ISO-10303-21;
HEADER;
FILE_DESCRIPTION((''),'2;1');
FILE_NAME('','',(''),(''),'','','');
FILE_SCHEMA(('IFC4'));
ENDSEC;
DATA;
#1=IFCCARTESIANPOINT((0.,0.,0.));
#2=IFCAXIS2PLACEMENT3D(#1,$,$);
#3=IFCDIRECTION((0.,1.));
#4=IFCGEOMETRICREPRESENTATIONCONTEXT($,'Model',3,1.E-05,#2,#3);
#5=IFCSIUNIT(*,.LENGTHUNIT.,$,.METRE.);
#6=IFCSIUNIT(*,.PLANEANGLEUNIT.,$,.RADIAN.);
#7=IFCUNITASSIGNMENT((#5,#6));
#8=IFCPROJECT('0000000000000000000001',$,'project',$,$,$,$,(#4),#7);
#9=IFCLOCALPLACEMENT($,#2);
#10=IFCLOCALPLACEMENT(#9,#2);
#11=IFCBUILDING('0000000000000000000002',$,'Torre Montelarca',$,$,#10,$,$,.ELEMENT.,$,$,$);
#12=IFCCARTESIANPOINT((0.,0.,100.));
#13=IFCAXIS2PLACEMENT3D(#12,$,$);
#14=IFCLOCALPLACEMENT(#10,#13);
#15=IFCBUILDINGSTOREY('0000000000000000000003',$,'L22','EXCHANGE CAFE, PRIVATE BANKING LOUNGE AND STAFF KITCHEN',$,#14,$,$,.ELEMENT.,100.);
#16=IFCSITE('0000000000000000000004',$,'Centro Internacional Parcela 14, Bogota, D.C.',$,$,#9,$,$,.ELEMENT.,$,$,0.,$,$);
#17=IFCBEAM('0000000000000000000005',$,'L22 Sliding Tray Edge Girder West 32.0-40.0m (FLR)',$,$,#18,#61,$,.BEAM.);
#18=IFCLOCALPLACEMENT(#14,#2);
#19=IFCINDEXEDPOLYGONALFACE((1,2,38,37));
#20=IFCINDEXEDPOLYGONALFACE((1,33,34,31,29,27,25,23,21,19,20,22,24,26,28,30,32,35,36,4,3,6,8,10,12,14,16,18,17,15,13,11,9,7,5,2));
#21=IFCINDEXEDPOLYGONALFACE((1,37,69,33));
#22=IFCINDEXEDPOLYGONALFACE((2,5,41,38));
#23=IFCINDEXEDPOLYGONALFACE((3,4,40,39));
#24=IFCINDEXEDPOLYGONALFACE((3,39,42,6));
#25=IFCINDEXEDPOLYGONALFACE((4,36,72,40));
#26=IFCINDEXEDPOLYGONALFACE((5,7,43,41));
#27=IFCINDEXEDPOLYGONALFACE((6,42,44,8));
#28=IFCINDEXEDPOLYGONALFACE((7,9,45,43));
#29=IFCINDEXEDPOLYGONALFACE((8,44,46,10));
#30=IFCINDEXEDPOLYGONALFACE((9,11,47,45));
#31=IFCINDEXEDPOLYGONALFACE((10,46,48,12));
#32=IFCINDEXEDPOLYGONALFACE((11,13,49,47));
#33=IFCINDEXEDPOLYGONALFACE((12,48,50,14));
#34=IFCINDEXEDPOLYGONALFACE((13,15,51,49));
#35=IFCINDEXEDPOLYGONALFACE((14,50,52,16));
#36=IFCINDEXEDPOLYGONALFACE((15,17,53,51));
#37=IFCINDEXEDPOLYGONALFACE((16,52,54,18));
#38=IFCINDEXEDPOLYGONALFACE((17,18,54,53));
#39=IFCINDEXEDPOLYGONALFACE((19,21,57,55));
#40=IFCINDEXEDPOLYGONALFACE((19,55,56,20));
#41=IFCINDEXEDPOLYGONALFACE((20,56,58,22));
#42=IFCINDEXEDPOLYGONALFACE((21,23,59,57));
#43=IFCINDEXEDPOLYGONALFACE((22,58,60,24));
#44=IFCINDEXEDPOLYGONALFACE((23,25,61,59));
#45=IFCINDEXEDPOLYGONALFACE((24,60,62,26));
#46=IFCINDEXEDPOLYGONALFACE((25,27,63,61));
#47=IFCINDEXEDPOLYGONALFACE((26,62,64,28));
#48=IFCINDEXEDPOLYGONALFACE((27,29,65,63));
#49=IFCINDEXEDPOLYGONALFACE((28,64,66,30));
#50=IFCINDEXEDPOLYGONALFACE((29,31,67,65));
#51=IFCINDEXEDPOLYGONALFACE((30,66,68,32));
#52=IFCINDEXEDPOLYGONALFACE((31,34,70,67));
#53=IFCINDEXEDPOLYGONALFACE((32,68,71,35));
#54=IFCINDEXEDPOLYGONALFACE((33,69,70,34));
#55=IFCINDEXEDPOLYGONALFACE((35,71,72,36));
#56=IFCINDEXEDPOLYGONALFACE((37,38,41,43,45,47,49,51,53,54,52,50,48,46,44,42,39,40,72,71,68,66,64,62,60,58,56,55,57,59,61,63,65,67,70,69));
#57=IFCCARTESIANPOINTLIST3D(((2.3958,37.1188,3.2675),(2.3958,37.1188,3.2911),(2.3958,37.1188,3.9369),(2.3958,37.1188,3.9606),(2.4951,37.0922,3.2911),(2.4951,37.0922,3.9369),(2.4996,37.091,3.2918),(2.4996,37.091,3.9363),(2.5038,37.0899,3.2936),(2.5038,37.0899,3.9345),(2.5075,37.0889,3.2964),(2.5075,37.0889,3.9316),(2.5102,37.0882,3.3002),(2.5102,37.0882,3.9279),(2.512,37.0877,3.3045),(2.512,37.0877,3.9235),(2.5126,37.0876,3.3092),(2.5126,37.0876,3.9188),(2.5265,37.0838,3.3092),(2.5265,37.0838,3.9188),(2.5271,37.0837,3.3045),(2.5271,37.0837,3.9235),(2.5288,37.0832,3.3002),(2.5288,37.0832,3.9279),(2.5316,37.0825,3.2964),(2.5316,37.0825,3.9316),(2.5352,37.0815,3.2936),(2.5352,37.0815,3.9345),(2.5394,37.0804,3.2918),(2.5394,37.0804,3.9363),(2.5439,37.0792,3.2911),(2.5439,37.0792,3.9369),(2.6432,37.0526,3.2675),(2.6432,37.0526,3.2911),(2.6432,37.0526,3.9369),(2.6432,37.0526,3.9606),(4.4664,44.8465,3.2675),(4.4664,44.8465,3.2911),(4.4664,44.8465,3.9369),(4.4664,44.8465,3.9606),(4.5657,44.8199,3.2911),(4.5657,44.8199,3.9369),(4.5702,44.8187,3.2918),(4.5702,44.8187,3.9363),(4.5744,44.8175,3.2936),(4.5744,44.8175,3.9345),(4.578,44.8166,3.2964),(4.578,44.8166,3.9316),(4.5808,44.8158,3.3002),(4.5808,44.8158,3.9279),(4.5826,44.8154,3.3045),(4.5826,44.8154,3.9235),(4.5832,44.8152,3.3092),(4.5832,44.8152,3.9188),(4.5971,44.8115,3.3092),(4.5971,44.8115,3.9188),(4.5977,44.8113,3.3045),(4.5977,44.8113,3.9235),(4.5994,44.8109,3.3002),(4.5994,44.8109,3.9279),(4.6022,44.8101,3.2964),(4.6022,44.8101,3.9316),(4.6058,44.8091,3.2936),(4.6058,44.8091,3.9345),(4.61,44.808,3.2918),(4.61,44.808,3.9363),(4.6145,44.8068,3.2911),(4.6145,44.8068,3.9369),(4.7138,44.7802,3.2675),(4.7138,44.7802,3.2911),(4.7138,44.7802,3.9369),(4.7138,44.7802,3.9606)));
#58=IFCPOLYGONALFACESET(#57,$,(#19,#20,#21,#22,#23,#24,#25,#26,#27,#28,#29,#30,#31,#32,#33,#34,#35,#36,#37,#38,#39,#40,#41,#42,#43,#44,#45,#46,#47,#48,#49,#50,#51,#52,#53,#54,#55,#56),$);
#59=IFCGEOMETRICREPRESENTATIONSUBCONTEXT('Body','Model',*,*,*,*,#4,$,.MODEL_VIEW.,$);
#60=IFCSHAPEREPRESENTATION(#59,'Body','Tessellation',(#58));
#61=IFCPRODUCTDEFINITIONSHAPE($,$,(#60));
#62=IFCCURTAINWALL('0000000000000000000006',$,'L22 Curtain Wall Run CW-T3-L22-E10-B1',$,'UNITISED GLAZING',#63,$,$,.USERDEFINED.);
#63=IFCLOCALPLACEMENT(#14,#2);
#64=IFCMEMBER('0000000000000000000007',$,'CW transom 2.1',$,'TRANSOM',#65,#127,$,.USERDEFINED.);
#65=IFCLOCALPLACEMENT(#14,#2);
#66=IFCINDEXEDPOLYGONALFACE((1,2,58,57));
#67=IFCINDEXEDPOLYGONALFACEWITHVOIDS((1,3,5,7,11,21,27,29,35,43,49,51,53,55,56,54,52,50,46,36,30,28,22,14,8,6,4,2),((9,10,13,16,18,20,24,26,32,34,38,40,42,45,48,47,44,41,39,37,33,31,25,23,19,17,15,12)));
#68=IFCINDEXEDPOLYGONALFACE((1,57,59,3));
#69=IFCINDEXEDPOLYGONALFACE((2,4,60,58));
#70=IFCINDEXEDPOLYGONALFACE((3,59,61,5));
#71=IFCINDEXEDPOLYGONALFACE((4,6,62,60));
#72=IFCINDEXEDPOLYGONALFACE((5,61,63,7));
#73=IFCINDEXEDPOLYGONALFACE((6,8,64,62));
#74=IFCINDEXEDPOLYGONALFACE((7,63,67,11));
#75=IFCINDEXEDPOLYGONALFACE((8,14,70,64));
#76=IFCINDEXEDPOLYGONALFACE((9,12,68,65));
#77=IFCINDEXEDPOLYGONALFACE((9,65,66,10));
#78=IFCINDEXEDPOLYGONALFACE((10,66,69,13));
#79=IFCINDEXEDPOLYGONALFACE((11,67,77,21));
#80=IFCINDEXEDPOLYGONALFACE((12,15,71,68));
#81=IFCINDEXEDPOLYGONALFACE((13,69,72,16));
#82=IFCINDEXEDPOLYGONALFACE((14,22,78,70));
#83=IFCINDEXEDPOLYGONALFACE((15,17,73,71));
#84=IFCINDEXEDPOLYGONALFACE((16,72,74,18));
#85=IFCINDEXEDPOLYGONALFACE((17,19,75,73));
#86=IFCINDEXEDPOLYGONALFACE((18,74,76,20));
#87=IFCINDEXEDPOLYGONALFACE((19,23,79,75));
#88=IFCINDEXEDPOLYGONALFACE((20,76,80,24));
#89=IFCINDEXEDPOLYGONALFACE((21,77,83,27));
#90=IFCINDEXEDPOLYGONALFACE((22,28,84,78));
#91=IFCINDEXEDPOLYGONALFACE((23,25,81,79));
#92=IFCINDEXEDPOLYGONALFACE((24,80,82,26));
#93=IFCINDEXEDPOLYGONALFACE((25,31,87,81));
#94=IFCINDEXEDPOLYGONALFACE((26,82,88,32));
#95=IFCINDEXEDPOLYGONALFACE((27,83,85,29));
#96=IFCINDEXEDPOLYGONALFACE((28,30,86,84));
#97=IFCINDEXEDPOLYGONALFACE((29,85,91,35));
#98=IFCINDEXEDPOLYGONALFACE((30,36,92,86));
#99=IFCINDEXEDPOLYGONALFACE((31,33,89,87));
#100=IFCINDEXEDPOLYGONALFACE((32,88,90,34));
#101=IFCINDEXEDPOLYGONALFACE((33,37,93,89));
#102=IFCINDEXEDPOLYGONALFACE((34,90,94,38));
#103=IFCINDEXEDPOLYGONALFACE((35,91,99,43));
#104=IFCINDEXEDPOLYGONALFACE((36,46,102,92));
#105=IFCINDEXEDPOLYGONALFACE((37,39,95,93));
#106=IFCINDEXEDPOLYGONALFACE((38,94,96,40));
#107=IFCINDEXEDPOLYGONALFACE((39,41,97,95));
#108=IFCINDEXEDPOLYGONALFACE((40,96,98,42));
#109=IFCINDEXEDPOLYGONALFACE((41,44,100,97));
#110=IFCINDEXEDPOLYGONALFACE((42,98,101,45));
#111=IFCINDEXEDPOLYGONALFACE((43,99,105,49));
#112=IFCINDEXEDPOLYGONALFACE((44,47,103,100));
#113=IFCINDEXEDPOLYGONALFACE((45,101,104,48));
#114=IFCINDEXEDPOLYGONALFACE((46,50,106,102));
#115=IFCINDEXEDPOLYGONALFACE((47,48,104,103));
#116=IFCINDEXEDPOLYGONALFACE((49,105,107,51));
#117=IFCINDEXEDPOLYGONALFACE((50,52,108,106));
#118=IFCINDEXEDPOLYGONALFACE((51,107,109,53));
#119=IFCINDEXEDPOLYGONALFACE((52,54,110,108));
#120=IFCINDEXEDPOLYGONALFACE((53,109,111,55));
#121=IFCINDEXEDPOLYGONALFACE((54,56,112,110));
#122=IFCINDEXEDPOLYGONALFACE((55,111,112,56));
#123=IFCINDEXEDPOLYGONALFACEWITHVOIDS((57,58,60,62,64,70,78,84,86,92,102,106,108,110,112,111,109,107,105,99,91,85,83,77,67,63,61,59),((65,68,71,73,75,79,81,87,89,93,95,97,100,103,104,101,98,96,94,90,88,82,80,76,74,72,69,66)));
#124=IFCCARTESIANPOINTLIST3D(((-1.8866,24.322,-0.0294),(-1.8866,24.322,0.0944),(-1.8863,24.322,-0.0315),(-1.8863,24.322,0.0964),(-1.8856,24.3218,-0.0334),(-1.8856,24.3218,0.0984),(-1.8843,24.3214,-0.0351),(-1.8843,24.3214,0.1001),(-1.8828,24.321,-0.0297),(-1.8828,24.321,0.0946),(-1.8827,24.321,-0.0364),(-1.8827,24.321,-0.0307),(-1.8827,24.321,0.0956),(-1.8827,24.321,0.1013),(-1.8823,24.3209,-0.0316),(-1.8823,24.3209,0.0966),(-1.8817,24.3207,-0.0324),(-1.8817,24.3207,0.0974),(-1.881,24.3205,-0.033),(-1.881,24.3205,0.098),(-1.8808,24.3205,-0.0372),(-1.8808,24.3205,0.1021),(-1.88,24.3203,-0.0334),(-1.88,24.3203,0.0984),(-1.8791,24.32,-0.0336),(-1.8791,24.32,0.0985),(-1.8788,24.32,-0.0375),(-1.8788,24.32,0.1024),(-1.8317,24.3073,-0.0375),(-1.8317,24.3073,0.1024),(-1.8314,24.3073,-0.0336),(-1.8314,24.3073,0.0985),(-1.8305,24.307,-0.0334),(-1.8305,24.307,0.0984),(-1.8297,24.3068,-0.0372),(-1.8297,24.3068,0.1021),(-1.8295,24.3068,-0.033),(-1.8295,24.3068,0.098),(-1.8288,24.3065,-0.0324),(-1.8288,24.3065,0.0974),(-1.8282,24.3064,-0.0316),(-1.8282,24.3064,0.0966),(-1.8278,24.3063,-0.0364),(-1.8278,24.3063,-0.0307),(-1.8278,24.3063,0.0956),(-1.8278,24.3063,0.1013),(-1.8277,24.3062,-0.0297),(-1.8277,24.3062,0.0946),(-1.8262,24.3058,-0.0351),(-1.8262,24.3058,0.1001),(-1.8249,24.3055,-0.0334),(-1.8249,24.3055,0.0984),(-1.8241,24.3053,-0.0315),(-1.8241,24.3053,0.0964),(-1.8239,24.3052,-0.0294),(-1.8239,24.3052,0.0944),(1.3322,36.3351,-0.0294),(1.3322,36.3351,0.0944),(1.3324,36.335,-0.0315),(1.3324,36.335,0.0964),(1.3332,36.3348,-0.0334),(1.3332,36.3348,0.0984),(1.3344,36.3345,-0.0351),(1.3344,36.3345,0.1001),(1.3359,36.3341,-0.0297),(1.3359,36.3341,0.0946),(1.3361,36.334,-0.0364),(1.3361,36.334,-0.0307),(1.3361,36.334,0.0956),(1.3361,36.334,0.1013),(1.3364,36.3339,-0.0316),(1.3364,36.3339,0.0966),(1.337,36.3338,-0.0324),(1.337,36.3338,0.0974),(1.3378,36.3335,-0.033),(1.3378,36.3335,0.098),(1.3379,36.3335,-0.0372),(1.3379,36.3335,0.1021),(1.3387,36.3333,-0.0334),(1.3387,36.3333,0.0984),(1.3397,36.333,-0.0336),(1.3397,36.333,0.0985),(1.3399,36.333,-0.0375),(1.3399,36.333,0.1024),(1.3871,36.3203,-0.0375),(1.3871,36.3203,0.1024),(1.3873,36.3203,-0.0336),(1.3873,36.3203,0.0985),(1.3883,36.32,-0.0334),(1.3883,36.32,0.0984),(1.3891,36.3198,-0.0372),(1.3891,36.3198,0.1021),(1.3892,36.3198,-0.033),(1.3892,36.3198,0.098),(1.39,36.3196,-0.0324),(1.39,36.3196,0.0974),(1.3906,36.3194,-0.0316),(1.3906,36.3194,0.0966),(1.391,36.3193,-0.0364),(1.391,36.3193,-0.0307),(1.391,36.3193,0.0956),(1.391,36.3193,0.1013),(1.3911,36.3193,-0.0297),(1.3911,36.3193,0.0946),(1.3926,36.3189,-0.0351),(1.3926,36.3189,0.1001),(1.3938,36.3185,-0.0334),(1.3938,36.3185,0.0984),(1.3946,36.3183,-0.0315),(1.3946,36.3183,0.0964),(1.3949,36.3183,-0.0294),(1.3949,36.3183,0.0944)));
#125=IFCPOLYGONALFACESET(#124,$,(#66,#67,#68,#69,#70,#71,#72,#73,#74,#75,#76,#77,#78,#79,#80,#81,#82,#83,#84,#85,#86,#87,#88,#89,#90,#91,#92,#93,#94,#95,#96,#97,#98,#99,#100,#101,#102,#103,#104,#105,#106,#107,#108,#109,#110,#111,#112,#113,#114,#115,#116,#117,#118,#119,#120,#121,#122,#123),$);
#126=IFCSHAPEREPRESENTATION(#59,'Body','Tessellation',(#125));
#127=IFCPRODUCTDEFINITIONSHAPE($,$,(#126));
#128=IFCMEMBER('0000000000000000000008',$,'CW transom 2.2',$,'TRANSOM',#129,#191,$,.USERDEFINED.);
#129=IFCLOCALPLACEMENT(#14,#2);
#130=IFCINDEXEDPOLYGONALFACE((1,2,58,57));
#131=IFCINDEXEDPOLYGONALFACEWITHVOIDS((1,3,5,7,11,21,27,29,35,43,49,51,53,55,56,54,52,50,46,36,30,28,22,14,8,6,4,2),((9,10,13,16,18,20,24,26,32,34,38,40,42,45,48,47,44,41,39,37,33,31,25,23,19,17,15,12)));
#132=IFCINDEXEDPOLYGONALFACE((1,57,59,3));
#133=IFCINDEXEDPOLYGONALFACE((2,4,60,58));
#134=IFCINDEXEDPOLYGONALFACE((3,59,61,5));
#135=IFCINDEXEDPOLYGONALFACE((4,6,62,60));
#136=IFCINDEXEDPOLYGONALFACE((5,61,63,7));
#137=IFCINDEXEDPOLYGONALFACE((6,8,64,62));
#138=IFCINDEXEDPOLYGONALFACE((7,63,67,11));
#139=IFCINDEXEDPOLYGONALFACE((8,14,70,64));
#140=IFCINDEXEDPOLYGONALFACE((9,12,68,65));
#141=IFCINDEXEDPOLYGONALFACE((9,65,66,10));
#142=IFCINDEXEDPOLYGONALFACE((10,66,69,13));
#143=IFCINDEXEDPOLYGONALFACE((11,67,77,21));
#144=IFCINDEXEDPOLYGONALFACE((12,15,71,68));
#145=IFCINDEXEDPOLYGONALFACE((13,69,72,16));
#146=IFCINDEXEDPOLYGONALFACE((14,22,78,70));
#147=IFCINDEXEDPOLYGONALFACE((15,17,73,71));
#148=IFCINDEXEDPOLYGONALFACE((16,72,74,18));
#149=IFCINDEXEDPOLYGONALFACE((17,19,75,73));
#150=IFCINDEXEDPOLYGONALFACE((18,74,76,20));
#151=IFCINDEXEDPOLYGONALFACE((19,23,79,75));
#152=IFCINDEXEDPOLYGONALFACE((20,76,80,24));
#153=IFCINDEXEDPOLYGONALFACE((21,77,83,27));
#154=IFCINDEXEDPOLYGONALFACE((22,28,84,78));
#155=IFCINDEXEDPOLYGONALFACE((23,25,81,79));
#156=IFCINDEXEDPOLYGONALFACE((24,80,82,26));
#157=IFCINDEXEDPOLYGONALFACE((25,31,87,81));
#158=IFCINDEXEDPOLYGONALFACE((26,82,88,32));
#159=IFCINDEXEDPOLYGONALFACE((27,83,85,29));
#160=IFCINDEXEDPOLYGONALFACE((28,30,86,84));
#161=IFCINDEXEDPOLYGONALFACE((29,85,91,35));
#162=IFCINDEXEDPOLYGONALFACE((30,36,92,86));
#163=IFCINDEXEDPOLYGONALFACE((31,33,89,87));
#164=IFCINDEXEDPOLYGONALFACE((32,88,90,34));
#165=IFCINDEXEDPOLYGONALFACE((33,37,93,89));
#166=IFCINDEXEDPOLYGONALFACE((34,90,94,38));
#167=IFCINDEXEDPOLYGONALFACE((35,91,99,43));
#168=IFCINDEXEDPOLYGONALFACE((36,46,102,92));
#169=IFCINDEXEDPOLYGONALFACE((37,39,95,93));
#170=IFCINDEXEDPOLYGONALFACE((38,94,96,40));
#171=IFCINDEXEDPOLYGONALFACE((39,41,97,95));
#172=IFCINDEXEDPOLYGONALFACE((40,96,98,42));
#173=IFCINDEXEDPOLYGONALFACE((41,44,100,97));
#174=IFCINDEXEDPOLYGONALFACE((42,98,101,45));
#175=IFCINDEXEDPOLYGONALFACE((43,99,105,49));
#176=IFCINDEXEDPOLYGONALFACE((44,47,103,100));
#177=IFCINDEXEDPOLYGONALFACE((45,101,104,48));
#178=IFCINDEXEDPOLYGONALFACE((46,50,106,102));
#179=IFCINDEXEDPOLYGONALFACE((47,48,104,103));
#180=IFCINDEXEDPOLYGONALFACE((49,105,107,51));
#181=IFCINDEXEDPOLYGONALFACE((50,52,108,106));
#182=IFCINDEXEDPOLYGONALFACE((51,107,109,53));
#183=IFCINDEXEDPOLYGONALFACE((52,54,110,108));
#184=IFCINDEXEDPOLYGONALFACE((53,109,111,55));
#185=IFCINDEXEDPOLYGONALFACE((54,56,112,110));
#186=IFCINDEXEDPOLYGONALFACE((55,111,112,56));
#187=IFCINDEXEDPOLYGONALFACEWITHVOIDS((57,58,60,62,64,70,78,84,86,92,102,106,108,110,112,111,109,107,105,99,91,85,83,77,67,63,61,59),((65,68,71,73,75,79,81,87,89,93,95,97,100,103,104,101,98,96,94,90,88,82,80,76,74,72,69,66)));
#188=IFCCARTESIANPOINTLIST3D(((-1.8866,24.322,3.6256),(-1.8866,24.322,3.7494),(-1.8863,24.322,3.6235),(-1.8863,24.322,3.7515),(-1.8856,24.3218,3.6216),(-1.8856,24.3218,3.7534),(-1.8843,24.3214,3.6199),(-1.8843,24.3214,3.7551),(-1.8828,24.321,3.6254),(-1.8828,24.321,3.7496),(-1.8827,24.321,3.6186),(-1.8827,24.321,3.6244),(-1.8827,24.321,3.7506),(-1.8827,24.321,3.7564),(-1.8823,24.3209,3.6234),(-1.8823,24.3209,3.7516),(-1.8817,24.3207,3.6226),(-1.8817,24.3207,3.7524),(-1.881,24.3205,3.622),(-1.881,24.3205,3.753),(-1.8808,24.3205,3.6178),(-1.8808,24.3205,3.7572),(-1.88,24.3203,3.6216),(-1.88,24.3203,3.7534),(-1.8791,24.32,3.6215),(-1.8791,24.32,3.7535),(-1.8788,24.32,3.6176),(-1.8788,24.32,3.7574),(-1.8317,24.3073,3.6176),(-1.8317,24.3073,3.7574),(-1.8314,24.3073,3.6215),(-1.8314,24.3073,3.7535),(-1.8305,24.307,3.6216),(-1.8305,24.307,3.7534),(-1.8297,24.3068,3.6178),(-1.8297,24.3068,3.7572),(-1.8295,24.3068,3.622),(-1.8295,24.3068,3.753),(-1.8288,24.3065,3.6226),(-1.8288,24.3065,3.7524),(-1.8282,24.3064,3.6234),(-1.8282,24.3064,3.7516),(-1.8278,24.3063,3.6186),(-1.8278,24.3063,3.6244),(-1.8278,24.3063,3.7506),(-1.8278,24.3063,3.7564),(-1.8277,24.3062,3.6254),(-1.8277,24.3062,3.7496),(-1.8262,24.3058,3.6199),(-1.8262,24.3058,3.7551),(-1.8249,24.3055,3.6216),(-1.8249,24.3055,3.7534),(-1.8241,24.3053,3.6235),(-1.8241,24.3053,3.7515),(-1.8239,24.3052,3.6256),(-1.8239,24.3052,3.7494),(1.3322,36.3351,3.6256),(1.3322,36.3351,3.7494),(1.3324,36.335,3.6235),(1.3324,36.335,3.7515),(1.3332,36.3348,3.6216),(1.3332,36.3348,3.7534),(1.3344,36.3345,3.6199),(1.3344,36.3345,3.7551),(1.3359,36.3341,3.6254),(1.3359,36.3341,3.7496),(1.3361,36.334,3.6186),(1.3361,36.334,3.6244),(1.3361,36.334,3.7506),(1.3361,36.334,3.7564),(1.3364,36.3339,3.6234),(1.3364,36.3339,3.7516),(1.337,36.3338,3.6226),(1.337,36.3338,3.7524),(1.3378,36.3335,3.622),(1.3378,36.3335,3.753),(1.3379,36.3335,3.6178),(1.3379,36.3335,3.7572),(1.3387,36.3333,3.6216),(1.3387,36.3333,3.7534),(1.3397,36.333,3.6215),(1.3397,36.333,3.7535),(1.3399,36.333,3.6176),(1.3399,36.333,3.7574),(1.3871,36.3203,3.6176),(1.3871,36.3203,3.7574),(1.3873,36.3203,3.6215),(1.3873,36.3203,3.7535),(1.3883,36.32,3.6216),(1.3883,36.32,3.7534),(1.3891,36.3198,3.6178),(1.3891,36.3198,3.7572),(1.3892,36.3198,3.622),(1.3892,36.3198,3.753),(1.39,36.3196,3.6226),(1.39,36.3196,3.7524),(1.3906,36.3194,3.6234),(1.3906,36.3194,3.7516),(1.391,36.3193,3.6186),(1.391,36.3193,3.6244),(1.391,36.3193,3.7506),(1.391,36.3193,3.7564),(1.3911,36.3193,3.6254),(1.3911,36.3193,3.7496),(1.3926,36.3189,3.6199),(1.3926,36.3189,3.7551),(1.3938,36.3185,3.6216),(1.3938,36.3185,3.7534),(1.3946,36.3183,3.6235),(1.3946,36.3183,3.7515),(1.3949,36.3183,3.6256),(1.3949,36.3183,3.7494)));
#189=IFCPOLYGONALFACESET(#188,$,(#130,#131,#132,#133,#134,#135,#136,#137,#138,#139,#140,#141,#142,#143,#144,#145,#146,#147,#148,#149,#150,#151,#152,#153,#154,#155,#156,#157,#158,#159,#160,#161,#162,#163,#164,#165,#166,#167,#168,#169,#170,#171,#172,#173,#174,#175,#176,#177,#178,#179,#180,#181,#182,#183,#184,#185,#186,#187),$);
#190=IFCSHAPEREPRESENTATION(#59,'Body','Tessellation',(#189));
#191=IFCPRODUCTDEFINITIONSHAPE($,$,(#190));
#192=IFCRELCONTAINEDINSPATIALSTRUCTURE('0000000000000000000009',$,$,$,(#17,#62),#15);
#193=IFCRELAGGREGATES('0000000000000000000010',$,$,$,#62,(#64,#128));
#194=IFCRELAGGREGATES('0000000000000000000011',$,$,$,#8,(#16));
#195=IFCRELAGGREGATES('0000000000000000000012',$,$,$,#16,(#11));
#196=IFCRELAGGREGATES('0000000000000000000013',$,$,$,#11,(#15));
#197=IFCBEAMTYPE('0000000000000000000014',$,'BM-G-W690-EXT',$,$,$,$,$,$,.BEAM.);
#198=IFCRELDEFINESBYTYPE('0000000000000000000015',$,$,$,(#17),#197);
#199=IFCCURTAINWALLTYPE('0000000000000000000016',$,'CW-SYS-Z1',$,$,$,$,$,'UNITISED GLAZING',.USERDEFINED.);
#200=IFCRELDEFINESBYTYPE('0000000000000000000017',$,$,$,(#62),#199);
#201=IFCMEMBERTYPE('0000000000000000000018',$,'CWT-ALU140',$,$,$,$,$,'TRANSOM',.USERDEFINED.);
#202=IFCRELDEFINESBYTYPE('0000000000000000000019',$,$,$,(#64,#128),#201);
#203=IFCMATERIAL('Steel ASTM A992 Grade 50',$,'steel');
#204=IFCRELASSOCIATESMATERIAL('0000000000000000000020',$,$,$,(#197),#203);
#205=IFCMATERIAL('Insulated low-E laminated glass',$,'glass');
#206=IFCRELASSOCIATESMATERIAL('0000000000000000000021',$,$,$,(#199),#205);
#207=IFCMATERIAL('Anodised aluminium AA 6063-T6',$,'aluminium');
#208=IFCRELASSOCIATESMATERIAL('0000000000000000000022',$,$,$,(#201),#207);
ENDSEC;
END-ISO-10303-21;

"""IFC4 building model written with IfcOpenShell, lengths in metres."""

from ifc_helpers import new_model, si_unit, direction, frame, origin, origin_2d, place, context, subcontext, project, spatial, hollow_rectangle, i_section, extrude, source, transform, mapped, material, material_profile, profile_set, type_object, element, aggregate, save


model = new_model("IFC4")

# Units and contexts
model_context = context("Model", 3, precision=1e-05, world=origin(), true_north=direction((0.0, 1.0)))
body_context = subcontext(model_context, "Body", "Model", "MODEL_VIEW")
ifc_project = project(units=[si_unit("LENGTHUNIT", "METRE"), si_unit("PLANEANGLEUNIT", "RADIAN")], contexts=[model_context])

# Site, building, storey
site_placement = place(None, origin())
site = spatial("IfcSite", under=ifc_project, at=site_placement, Name="Centro Internacional Parcela 14, Bogota, D.C.", CompositionType="ELEMENT", RefElevation=0.0)
building_placement = place(site_placement, origin())
building = spatial("IfcBuilding", under=site, at=building_placement, Name="Torre Montelarca", CompositionType="ELEMENT")
storey_placement = place(building_placement, frame((0.0, 0.0, 100.0)))
storey = spatial("IfcBuildingStorey", under=building, at=storey_placement, Name="L22", Description="EXCHANGE CAFE, PRIVATE BANKING LOUNGE AND STAFF KITCHEN", CompositionType="ELEMENT", Elevation=100.0)

# Beam
ifc_material_1 = material(Name="Steel ASTM A992 Grade 50", Category="steel")
ifc_material_profile_1 = material_profile(ifc_material_1, i_section(OverallWidth=0.2561, OverallDepth=0.6931, WebThickness=0.0144, FlangeThickness=0.0237, FilletRadius=0.0181, at=origin_2d()), Name="W690X170", Category="steel")
ifc_profile_set_1 = profile_set([ifc_material_profile_1], Name="Steel ASTM A992 Grade 50")
beam_type_1 = type_object("IfcBeamType", Name="BM-G-W690-EXT", PredefinedType="BEAM", material=ifc_profile_set_1)
shared_shape_1 = source(origin(), body_context, "Body", "SweptSolid", [
    extrude(i_section(OverallWidth=0.2561, OverallDepth=0.6931, WebThickness=0.0144, FlangeThickness=0.0237, FilletRadius=0.0181, at=origin_2d()), origin(), (0.0, 0.0, 1.0), 8.0002),
])
beam_1_placement = place(storey_placement, frame((2.5195, 37.0857, 3.614), z_axis=(0.258815, 0.965927, 0.0), x_axis=(-0.965927, 0.258815, 0.0)))
element("IfcBeam", 1, at=beam_1_placement, inside=storey, type_object=beam_type_1, Name="L22 Sliding Tray Edge Girder West 32.0-40.0m (FLR)", PredefinedType="BEAM", context=body_context, shape_type="MappedRepresentation", body=[
    mapped(shared_shape_1, transform((0.0, 0.0, 0.0), scale=1.0)),
])

# Curtain wall, members
ifc_material_2 = material(Name="Insulated low-E laminated glass", Category="glass")
curtain_wall_type = type_object("IfcCurtainWallType", Name="CW-SYS-Z1", ElementType="UNITISED GLAZING", PredefinedType="USERDEFINED", material=ifc_material_2)
curtain_wall_placement = place(storey_placement, origin())
curtain_wall = element("IfcCurtainWall", 2, at=curtain_wall_placement, inside=storey, type_object=curtain_wall_type, Name="L22 Curtain Wall Run CW-T3-L22-E10-B1", ObjectType="UNITISED GLAZING", PredefinedType="USERDEFINED")
ifc_material_3 = material(Name="Anodised aluminium AA 6063-T6", Category="aluminium")
ifc_material_profile_2 = material_profile(ifc_material_3, hollow_rectangle(XDim=0.0649, YDim=0.1399, WallThickness=0.0039, InnerFilletRadius=0.0039, OuterFilletRadius=0.0081, at=origin_2d()), Name="ALU65X140X4", Category="aluminium")
ifc_profile_set_2 = profile_set([ifc_material_profile_2], Name="Anodised aluminium AA 6063-T6")
member_type_1 = type_object("IfcMemberType", Name="CWT-ALU140", ElementType="TRANSOM", PredefinedType="USERDEFINED", material=ifc_profile_set_2)
shared_shape_2 = source(origin(), body_context, "Body", "SweptSolid", [
    extrude(hollow_rectangle(XDim=0.0649, YDim=0.1399, WallThickness=0.0039, InnerFilletRadius=0.0039, OuterFilletRadius=0.0081, at=origin_2d()), origin(), (0.0, 0.0, 1.0), 12.4368),
])
member_1_placement = place(storey_placement, frame((1.3635, 36.3267, 0.0325), z_axis=(-0.258811, -0.965928, 0.0), x_axis=(0.965928, -0.258811, 0.0)))
member_1 = element("IfcMember", 3, at=member_1_placement, type_object=member_type_1, Name="CW transom 2.1", ObjectType="TRANSOM", PredefinedType="USERDEFINED", context=body_context, shape_type="MappedRepresentation", body=[
    mapped(shared_shape_2, transform((0.0, 0.0, 0.0), scale=1.0)),
])
member_2_placement = place(storey_placement, frame((1.3635, 36.3267, 3.6875), z_axis=(-0.258811, -0.965928, 0.0), x_axis=(0.965928, -0.258811, 0.0)))
member_2 = element("IfcMember", 4, at=member_2_placement, type_object=member_type_1, Name="CW transom 2.2", ObjectType="TRANSOM", PredefinedType="USERDEFINED", context=body_context, shape_type="MappedRepresentation", body=[
    mapped(shared_shape_2, transform((0.0, 0.0, 0.0), scale=1.0)),
])
aggregate(curtain_wall, [member_1, member_2])

save(model, "model.ifc")
